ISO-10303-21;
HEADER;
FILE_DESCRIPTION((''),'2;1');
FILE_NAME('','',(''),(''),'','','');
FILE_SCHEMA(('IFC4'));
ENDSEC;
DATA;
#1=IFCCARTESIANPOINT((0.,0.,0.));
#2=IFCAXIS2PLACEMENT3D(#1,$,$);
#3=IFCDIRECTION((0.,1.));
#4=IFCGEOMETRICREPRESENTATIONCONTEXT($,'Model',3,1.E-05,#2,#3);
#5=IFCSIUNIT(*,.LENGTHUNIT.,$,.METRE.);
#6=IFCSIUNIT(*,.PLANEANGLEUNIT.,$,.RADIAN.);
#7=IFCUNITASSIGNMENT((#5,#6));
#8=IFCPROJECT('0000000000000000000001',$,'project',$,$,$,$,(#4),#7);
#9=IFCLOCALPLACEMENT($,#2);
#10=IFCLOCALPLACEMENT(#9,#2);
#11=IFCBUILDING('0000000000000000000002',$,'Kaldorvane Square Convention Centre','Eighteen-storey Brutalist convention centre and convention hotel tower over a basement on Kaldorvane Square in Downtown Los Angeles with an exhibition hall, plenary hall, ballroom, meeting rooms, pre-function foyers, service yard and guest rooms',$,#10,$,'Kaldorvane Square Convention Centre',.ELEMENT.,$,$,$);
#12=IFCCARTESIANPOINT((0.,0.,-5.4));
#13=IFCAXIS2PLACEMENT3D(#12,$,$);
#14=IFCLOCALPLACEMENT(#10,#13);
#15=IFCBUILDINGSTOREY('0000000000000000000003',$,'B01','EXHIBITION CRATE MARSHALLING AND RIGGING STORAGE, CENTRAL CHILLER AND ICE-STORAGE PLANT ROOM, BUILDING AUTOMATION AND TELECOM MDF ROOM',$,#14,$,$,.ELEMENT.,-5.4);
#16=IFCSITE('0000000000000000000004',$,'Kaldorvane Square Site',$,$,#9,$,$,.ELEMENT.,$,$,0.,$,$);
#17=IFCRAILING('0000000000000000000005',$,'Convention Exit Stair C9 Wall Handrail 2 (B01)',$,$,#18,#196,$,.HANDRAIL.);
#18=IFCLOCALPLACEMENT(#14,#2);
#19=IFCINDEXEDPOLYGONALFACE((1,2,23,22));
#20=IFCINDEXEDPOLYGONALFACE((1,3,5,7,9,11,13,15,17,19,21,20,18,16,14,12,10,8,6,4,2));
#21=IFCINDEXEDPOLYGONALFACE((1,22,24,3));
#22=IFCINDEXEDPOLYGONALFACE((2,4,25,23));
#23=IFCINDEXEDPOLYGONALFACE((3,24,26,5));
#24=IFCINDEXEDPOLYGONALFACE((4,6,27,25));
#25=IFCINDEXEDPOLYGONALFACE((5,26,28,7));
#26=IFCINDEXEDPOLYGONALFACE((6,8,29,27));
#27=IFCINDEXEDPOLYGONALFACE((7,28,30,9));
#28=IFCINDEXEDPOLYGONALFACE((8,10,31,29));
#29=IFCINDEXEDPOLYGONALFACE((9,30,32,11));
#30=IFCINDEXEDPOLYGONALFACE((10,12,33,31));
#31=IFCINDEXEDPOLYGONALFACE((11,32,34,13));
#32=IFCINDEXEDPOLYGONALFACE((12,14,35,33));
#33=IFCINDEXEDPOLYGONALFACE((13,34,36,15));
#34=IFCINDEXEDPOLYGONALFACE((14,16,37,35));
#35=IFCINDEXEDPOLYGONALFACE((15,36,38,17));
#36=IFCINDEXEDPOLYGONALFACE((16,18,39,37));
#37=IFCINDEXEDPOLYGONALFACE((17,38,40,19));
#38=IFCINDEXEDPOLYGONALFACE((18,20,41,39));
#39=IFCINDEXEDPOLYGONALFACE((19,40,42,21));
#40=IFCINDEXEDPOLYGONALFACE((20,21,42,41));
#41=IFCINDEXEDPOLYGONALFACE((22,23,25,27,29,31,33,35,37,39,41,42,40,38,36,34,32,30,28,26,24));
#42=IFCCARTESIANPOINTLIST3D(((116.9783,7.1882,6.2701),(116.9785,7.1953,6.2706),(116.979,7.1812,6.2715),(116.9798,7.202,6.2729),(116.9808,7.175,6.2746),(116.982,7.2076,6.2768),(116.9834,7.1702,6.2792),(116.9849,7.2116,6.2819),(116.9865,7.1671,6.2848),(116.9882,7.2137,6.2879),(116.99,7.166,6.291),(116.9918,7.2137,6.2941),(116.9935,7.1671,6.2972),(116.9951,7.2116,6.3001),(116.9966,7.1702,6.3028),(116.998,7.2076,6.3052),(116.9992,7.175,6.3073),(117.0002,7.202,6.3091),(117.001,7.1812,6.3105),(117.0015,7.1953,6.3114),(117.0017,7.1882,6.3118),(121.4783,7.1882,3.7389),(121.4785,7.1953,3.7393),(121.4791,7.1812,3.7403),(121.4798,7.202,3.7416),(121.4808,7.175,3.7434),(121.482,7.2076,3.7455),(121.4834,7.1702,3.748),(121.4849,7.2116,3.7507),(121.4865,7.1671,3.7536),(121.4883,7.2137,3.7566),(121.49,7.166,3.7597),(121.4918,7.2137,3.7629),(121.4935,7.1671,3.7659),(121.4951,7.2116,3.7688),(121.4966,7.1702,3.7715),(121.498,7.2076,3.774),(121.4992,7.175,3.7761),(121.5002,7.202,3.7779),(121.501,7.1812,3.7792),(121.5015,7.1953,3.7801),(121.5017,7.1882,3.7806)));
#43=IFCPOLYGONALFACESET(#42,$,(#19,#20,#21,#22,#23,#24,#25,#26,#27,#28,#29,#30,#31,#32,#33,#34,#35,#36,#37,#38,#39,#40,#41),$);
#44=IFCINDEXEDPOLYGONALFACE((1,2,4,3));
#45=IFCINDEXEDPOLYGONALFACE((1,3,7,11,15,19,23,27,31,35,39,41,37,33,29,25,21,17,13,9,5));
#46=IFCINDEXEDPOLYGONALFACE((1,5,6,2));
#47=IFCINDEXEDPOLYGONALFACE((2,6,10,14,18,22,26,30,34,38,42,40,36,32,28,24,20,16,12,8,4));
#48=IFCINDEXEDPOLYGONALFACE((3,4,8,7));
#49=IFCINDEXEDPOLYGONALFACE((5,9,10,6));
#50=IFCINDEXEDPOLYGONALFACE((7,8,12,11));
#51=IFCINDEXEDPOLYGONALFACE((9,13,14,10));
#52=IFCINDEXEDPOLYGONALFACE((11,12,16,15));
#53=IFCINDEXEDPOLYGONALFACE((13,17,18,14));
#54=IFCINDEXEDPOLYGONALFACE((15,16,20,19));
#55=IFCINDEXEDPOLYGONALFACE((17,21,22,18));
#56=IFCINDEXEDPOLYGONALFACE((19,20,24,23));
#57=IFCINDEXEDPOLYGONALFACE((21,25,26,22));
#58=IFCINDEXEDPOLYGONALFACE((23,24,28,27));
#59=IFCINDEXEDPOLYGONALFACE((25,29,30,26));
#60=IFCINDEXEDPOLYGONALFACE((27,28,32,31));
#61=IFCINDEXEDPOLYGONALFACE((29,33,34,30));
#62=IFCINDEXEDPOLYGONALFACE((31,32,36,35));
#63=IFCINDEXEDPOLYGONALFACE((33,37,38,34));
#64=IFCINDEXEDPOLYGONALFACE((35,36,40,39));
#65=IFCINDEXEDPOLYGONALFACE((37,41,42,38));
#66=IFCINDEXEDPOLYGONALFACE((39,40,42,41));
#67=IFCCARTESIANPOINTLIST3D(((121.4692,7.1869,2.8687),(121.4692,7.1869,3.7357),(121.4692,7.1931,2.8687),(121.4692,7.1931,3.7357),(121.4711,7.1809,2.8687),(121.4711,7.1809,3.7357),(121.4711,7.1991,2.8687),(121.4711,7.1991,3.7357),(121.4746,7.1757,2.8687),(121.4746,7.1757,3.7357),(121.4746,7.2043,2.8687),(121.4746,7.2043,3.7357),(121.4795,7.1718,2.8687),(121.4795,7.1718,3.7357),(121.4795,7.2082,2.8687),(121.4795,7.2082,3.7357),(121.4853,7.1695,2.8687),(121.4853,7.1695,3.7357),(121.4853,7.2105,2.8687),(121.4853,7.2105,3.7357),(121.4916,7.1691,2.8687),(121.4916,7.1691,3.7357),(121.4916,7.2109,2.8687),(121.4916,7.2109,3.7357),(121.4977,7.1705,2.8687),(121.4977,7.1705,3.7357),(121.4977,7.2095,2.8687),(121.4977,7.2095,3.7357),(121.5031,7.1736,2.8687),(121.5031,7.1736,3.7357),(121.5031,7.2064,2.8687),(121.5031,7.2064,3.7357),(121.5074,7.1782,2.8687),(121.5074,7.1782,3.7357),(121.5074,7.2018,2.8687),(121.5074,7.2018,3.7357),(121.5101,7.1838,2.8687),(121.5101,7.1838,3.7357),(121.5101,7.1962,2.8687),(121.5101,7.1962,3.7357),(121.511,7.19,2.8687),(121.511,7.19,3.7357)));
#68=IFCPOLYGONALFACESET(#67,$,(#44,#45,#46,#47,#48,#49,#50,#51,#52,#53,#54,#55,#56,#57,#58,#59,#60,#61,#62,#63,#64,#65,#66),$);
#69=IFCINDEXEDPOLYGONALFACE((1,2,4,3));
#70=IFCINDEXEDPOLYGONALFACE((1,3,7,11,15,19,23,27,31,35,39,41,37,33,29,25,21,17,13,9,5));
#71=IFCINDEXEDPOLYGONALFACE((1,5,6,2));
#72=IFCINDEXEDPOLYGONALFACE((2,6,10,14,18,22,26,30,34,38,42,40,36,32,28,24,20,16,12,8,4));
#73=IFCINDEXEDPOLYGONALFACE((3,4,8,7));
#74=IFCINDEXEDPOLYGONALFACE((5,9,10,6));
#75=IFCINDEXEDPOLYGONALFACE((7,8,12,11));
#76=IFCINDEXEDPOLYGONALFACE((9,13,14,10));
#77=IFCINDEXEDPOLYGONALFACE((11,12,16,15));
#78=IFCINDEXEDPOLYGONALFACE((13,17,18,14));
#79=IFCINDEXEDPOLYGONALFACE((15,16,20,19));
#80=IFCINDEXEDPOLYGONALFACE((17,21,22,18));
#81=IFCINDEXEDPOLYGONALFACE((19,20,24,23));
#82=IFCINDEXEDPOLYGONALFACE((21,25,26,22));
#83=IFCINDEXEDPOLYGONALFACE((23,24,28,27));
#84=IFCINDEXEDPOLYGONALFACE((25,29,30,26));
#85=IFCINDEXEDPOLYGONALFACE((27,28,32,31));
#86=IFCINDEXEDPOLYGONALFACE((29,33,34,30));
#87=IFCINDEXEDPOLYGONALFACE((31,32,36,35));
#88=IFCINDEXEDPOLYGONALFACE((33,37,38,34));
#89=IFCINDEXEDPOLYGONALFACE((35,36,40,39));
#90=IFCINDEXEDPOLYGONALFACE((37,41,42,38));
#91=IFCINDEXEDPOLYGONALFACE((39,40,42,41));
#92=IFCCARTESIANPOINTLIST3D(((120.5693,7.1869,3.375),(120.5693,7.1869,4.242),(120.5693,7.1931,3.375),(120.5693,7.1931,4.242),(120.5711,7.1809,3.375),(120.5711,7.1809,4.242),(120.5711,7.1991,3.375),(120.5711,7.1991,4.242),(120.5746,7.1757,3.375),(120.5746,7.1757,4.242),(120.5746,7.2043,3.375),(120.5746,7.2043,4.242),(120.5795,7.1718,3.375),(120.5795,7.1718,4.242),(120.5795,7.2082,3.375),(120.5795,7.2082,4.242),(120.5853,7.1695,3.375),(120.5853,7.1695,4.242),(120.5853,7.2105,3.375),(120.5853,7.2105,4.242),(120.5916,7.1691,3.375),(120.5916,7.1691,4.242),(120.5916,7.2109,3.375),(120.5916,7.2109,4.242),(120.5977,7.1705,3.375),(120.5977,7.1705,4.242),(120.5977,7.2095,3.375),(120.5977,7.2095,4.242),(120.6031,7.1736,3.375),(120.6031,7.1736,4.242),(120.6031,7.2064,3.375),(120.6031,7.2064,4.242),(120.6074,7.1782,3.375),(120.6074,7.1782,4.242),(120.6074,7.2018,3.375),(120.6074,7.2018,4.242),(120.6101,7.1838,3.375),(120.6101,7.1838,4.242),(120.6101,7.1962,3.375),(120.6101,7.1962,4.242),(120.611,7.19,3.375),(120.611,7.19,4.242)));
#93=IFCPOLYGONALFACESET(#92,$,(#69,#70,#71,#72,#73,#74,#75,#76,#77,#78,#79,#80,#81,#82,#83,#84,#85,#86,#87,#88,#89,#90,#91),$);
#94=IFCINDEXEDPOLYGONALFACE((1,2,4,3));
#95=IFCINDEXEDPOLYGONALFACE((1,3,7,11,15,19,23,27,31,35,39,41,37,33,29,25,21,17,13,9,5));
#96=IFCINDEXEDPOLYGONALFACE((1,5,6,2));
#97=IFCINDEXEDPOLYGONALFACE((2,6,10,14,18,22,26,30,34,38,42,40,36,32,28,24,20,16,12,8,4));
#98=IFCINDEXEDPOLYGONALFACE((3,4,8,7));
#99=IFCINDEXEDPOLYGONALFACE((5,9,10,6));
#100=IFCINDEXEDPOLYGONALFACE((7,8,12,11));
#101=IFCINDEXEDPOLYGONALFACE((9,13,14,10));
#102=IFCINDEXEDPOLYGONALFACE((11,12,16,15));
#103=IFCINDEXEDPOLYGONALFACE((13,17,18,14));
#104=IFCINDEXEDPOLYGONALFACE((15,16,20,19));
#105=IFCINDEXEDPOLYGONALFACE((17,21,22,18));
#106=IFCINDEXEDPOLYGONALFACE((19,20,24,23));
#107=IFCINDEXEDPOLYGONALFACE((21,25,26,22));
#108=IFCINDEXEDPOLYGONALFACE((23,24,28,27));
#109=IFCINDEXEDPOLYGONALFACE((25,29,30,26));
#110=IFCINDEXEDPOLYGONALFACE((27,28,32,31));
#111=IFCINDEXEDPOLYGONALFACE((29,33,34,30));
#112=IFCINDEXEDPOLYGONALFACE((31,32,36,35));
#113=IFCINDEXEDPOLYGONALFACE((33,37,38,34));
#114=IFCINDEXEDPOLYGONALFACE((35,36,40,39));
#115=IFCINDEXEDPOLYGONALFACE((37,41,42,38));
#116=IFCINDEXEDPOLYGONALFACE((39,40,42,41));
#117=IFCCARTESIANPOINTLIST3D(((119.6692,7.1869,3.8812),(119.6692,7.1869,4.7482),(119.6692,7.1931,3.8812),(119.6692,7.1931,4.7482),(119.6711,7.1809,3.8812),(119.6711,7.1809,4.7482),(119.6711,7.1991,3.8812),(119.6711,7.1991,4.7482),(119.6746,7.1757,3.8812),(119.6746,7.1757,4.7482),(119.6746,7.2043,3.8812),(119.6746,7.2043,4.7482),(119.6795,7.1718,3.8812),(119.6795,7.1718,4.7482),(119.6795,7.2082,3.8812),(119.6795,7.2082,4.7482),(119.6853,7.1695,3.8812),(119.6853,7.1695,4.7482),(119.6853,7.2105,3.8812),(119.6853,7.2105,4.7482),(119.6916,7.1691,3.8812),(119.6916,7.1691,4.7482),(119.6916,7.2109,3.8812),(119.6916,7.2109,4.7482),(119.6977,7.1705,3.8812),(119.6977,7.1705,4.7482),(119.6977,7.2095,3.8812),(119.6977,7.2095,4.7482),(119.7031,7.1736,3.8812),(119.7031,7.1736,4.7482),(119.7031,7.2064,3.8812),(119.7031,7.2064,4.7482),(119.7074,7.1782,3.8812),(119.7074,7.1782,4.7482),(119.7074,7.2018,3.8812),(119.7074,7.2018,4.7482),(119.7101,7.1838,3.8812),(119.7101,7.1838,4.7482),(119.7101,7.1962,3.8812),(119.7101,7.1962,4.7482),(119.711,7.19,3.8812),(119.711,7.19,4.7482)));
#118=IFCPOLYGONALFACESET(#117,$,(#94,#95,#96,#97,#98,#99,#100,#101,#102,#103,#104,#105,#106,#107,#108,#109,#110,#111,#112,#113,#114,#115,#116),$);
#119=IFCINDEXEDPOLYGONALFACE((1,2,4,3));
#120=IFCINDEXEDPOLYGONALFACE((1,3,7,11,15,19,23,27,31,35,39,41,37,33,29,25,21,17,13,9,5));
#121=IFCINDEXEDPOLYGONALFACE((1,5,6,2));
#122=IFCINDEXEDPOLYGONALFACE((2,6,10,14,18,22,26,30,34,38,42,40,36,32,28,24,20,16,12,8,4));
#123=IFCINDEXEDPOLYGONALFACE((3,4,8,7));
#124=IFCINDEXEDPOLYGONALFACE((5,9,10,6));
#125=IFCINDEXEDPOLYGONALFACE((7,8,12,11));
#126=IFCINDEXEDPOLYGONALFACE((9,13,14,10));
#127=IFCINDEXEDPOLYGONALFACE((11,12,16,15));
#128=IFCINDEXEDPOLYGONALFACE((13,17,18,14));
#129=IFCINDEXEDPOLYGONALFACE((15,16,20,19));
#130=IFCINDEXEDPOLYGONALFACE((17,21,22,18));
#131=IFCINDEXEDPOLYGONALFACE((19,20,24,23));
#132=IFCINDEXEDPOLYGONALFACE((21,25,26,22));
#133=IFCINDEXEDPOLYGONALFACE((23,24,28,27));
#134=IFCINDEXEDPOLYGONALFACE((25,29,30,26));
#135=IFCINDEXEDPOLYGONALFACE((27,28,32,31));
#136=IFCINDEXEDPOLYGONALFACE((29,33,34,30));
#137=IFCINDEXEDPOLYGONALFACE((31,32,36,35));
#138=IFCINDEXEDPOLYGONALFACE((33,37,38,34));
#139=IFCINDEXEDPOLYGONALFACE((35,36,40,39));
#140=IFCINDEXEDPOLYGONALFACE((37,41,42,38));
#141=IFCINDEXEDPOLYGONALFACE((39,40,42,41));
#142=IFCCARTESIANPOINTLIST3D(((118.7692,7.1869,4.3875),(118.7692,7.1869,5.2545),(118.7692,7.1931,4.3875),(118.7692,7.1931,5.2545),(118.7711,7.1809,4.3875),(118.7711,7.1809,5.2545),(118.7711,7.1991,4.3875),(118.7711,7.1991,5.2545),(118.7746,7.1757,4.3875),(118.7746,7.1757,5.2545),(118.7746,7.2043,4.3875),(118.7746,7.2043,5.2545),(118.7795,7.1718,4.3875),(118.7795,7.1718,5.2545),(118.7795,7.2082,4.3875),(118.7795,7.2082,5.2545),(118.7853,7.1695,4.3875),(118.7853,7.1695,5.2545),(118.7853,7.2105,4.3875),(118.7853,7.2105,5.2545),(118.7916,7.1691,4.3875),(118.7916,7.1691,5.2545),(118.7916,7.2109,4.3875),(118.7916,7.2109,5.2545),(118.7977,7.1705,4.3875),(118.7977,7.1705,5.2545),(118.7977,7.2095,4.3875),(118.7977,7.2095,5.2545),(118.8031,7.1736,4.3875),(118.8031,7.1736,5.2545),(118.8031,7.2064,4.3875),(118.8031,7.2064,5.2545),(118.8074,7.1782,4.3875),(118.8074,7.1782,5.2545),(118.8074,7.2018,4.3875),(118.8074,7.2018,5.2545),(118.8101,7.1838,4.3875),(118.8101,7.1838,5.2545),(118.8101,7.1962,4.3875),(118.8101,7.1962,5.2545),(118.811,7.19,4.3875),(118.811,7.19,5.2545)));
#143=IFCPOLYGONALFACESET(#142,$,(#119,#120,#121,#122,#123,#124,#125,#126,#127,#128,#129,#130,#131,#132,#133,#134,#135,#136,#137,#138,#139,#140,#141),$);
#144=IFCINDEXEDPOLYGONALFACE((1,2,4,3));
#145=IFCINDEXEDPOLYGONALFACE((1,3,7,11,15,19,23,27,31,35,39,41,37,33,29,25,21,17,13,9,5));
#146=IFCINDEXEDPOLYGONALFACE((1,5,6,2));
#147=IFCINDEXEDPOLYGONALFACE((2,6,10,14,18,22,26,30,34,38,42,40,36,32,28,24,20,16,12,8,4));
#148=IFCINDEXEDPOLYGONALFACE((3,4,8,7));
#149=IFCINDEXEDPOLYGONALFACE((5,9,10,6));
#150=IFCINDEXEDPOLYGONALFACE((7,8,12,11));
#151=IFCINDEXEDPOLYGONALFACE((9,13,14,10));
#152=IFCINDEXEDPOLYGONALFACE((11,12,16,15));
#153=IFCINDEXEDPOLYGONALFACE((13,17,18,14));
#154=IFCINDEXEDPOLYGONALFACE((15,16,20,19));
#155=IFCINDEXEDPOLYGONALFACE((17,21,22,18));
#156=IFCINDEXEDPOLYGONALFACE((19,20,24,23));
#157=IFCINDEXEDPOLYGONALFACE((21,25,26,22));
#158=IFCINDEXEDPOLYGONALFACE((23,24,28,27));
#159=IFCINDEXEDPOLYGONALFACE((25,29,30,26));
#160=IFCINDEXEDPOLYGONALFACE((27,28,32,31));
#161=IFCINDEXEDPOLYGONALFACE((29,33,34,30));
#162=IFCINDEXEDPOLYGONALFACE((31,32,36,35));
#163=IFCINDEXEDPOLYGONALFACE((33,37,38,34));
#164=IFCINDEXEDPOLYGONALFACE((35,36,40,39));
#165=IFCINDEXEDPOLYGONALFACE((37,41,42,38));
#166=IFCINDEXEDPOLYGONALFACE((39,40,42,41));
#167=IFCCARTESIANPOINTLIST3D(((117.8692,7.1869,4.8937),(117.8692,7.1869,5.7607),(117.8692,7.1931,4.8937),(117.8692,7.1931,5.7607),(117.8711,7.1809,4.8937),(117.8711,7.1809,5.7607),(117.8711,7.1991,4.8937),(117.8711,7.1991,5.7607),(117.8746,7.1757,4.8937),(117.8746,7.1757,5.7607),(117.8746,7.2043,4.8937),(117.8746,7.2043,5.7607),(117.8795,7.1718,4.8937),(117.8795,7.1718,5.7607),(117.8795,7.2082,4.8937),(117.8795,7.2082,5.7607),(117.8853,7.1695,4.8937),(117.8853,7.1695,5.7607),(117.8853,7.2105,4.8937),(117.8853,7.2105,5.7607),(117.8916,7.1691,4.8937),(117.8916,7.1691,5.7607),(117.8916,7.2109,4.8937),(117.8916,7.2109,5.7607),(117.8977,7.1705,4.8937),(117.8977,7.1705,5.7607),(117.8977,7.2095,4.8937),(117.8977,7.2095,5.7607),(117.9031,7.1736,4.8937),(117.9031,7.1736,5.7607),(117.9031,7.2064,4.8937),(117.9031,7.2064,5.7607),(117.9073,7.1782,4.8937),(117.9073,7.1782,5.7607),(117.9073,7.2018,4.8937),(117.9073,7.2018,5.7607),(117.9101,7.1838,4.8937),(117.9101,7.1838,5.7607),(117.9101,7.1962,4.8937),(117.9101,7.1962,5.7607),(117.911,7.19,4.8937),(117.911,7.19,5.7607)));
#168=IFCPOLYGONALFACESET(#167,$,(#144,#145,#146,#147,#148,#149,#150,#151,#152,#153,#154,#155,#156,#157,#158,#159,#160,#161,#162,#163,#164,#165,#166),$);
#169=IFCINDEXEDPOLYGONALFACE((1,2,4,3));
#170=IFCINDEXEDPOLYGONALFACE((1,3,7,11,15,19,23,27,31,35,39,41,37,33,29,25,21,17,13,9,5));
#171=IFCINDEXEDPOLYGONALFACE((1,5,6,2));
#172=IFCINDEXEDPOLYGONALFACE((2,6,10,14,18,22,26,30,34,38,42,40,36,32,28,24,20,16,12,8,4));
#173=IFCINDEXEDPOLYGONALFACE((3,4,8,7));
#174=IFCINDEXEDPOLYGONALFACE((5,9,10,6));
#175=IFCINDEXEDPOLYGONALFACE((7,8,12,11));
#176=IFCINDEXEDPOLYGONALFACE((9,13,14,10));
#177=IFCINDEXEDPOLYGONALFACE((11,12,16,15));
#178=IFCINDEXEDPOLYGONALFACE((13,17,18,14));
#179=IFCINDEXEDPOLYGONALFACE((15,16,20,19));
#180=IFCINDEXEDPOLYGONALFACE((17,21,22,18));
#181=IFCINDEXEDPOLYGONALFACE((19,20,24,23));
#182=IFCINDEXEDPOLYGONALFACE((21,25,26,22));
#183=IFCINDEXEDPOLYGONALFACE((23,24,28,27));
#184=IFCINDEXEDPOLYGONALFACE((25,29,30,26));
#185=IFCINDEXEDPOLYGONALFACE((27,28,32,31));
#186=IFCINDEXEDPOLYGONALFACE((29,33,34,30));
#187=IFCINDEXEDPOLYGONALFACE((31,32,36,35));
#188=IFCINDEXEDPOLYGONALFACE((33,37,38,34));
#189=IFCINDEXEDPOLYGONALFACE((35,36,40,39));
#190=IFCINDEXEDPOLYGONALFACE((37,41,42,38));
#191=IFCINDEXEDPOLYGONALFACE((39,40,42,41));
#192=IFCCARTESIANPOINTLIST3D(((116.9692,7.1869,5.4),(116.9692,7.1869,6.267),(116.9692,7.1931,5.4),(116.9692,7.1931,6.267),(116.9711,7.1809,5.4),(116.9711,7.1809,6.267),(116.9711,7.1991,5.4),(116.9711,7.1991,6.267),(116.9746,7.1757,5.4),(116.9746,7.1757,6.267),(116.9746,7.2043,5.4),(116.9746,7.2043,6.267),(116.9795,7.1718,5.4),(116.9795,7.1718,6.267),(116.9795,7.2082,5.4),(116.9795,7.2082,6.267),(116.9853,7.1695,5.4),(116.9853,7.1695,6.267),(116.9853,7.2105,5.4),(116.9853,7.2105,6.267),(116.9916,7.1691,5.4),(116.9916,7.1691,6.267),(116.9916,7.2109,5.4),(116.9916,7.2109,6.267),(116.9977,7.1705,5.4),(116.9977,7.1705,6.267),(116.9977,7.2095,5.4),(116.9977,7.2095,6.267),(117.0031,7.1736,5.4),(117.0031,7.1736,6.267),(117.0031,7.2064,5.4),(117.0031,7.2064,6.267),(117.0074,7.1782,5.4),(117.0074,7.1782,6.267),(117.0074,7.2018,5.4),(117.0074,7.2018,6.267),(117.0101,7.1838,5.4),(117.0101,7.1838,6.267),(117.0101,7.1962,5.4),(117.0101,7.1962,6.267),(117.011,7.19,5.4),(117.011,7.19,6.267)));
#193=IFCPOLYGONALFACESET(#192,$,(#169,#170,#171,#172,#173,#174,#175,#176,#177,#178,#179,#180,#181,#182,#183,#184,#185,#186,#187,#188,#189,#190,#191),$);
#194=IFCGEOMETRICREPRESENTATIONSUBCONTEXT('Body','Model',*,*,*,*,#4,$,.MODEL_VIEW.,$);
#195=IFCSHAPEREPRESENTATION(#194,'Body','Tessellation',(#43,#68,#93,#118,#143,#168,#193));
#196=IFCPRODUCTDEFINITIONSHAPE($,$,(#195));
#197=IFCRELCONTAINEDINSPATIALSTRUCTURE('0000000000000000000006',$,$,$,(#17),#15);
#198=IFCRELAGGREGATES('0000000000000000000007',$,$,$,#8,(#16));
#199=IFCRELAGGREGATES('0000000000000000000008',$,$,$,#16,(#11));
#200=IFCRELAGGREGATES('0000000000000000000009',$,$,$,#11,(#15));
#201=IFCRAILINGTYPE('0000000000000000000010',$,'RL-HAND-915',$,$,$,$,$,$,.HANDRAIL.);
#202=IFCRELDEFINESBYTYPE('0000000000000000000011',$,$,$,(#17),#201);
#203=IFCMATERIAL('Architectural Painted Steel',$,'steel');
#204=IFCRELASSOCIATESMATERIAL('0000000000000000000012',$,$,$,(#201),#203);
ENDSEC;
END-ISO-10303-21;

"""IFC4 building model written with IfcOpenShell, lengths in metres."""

from ifc_helpers import new_model, si_unit, direction, frame, origin, origin_2d, place, context, subcontext, project, spatial, circle, extrude, material, type_object, element, save


model = new_model("IFC4")

# Units and contexts
model_context = context("Model", 3, precision=1e-05, world=origin(), true_north=direction((0.0, 1.0)))
body_context = subcontext(model_context, "Body", "Model", "MODEL_VIEW")
ifc_project = project(units=[si_unit("LENGTHUNIT", "METRE"), si_unit("PLANEANGLEUNIT", "RADIAN")], contexts=[model_context])

# Site, building, storey
site_placement = place(None, origin())
site = spatial("IfcSite", under=ifc_project, at=site_placement, Name="Kaldorvane Square Site", CompositionType="ELEMENT", RefElevation=0.0)
building_placement = place(site_placement, origin())
building = spatial("IfcBuilding", under=site, at=building_placement, Name="Kaldorvane Square Convention Centre", Description="Eighteen-storey Brutalist convention centre and convention hotel tower over a basement on Kaldorvane Square in Downtown Los Angeles with an exhibition hall, plenary hall, ballroom, meeting rooms, pre-function foyers, service yard and guest rooms", LongName="Kaldorvane Square Convention Centre", CompositionType="ELEMENT")
storey_placement = place(building_placement, frame((0.0, 0.0, -5.4)))
storey = spatial("IfcBuildingStorey", under=building, at=storey_placement, Name="B01", Description="EXHIBITION CRATE MARSHALLING AND RIGGING STORAGE, CENTRAL CHILLER AND ICE-STORAGE PLANT ROOM, BUILDING AUTOMATION AND TELECOM MDF ROOM", CompositionType="ELEMENT", Elevation=-5.4)

# Railing
ifc_material_1 = material(Name="Architectural Painted Steel", Category="steel")
railing_type = type_object("IfcRailingType", Name="RL-HAND-915", PredefinedType="HANDRAIL", material=ifc_material_1)
for number, where, name in (
    (1, (121.49, 7.19, 2.8687), "Convention Exit Stair C9 Wall Handrail 2 (B01)"),
):
    element("IfcRailing", number, at=place(storey_placement, frame(where)), inside=storey, type_object=railing_type, Name=name, PredefinedType="HANDRAIL", context=body_context, shape_type="SweptSolid", body=[
        extrude(circle(Radius=0.024, at=origin_2d()), frame((0.0, 0.0, 0.891), z_axis=(-0.871576, 0.0, 0.490261), x_axis=(0.0, -1.0, 0.0)), (0.0, 0.0, 1.0), 5.1631),
        extrude(circle(Radius=0.021, at=origin_2d()), origin(), (0.0, 0.0, 1.0), 0.867),
        extrude(circle(Radius=0.021, at=origin_2d()), frame((-0.9, 0.0, 0.5063)), (0.0, 0.0, 1.0), 0.867),
        extrude(circle(Radius=0.021, at=origin_2d()), frame((-1.8, 0.0, 1.0125)), (0.0, 0.0, 1.0), 0.867),
        extrude(circle(Radius=0.021, at=origin_2d()), frame((-2.7, 0.0, 1.5188)), (0.0, 0.0, 1.0), 0.867),
        extrude(circle(Radius=0.021, at=origin_2d()), frame((-3.6, 0.0, 2.025)), (0.0, 0.0, 1.0), 0.867),
        extrude(circle(Radius=0.021, at=origin_2d()), frame((-4.5, 0.0, 2.5312)), (0.0, 0.0, 1.0), 0.867),
    ])

save(model, "model.ifc")
